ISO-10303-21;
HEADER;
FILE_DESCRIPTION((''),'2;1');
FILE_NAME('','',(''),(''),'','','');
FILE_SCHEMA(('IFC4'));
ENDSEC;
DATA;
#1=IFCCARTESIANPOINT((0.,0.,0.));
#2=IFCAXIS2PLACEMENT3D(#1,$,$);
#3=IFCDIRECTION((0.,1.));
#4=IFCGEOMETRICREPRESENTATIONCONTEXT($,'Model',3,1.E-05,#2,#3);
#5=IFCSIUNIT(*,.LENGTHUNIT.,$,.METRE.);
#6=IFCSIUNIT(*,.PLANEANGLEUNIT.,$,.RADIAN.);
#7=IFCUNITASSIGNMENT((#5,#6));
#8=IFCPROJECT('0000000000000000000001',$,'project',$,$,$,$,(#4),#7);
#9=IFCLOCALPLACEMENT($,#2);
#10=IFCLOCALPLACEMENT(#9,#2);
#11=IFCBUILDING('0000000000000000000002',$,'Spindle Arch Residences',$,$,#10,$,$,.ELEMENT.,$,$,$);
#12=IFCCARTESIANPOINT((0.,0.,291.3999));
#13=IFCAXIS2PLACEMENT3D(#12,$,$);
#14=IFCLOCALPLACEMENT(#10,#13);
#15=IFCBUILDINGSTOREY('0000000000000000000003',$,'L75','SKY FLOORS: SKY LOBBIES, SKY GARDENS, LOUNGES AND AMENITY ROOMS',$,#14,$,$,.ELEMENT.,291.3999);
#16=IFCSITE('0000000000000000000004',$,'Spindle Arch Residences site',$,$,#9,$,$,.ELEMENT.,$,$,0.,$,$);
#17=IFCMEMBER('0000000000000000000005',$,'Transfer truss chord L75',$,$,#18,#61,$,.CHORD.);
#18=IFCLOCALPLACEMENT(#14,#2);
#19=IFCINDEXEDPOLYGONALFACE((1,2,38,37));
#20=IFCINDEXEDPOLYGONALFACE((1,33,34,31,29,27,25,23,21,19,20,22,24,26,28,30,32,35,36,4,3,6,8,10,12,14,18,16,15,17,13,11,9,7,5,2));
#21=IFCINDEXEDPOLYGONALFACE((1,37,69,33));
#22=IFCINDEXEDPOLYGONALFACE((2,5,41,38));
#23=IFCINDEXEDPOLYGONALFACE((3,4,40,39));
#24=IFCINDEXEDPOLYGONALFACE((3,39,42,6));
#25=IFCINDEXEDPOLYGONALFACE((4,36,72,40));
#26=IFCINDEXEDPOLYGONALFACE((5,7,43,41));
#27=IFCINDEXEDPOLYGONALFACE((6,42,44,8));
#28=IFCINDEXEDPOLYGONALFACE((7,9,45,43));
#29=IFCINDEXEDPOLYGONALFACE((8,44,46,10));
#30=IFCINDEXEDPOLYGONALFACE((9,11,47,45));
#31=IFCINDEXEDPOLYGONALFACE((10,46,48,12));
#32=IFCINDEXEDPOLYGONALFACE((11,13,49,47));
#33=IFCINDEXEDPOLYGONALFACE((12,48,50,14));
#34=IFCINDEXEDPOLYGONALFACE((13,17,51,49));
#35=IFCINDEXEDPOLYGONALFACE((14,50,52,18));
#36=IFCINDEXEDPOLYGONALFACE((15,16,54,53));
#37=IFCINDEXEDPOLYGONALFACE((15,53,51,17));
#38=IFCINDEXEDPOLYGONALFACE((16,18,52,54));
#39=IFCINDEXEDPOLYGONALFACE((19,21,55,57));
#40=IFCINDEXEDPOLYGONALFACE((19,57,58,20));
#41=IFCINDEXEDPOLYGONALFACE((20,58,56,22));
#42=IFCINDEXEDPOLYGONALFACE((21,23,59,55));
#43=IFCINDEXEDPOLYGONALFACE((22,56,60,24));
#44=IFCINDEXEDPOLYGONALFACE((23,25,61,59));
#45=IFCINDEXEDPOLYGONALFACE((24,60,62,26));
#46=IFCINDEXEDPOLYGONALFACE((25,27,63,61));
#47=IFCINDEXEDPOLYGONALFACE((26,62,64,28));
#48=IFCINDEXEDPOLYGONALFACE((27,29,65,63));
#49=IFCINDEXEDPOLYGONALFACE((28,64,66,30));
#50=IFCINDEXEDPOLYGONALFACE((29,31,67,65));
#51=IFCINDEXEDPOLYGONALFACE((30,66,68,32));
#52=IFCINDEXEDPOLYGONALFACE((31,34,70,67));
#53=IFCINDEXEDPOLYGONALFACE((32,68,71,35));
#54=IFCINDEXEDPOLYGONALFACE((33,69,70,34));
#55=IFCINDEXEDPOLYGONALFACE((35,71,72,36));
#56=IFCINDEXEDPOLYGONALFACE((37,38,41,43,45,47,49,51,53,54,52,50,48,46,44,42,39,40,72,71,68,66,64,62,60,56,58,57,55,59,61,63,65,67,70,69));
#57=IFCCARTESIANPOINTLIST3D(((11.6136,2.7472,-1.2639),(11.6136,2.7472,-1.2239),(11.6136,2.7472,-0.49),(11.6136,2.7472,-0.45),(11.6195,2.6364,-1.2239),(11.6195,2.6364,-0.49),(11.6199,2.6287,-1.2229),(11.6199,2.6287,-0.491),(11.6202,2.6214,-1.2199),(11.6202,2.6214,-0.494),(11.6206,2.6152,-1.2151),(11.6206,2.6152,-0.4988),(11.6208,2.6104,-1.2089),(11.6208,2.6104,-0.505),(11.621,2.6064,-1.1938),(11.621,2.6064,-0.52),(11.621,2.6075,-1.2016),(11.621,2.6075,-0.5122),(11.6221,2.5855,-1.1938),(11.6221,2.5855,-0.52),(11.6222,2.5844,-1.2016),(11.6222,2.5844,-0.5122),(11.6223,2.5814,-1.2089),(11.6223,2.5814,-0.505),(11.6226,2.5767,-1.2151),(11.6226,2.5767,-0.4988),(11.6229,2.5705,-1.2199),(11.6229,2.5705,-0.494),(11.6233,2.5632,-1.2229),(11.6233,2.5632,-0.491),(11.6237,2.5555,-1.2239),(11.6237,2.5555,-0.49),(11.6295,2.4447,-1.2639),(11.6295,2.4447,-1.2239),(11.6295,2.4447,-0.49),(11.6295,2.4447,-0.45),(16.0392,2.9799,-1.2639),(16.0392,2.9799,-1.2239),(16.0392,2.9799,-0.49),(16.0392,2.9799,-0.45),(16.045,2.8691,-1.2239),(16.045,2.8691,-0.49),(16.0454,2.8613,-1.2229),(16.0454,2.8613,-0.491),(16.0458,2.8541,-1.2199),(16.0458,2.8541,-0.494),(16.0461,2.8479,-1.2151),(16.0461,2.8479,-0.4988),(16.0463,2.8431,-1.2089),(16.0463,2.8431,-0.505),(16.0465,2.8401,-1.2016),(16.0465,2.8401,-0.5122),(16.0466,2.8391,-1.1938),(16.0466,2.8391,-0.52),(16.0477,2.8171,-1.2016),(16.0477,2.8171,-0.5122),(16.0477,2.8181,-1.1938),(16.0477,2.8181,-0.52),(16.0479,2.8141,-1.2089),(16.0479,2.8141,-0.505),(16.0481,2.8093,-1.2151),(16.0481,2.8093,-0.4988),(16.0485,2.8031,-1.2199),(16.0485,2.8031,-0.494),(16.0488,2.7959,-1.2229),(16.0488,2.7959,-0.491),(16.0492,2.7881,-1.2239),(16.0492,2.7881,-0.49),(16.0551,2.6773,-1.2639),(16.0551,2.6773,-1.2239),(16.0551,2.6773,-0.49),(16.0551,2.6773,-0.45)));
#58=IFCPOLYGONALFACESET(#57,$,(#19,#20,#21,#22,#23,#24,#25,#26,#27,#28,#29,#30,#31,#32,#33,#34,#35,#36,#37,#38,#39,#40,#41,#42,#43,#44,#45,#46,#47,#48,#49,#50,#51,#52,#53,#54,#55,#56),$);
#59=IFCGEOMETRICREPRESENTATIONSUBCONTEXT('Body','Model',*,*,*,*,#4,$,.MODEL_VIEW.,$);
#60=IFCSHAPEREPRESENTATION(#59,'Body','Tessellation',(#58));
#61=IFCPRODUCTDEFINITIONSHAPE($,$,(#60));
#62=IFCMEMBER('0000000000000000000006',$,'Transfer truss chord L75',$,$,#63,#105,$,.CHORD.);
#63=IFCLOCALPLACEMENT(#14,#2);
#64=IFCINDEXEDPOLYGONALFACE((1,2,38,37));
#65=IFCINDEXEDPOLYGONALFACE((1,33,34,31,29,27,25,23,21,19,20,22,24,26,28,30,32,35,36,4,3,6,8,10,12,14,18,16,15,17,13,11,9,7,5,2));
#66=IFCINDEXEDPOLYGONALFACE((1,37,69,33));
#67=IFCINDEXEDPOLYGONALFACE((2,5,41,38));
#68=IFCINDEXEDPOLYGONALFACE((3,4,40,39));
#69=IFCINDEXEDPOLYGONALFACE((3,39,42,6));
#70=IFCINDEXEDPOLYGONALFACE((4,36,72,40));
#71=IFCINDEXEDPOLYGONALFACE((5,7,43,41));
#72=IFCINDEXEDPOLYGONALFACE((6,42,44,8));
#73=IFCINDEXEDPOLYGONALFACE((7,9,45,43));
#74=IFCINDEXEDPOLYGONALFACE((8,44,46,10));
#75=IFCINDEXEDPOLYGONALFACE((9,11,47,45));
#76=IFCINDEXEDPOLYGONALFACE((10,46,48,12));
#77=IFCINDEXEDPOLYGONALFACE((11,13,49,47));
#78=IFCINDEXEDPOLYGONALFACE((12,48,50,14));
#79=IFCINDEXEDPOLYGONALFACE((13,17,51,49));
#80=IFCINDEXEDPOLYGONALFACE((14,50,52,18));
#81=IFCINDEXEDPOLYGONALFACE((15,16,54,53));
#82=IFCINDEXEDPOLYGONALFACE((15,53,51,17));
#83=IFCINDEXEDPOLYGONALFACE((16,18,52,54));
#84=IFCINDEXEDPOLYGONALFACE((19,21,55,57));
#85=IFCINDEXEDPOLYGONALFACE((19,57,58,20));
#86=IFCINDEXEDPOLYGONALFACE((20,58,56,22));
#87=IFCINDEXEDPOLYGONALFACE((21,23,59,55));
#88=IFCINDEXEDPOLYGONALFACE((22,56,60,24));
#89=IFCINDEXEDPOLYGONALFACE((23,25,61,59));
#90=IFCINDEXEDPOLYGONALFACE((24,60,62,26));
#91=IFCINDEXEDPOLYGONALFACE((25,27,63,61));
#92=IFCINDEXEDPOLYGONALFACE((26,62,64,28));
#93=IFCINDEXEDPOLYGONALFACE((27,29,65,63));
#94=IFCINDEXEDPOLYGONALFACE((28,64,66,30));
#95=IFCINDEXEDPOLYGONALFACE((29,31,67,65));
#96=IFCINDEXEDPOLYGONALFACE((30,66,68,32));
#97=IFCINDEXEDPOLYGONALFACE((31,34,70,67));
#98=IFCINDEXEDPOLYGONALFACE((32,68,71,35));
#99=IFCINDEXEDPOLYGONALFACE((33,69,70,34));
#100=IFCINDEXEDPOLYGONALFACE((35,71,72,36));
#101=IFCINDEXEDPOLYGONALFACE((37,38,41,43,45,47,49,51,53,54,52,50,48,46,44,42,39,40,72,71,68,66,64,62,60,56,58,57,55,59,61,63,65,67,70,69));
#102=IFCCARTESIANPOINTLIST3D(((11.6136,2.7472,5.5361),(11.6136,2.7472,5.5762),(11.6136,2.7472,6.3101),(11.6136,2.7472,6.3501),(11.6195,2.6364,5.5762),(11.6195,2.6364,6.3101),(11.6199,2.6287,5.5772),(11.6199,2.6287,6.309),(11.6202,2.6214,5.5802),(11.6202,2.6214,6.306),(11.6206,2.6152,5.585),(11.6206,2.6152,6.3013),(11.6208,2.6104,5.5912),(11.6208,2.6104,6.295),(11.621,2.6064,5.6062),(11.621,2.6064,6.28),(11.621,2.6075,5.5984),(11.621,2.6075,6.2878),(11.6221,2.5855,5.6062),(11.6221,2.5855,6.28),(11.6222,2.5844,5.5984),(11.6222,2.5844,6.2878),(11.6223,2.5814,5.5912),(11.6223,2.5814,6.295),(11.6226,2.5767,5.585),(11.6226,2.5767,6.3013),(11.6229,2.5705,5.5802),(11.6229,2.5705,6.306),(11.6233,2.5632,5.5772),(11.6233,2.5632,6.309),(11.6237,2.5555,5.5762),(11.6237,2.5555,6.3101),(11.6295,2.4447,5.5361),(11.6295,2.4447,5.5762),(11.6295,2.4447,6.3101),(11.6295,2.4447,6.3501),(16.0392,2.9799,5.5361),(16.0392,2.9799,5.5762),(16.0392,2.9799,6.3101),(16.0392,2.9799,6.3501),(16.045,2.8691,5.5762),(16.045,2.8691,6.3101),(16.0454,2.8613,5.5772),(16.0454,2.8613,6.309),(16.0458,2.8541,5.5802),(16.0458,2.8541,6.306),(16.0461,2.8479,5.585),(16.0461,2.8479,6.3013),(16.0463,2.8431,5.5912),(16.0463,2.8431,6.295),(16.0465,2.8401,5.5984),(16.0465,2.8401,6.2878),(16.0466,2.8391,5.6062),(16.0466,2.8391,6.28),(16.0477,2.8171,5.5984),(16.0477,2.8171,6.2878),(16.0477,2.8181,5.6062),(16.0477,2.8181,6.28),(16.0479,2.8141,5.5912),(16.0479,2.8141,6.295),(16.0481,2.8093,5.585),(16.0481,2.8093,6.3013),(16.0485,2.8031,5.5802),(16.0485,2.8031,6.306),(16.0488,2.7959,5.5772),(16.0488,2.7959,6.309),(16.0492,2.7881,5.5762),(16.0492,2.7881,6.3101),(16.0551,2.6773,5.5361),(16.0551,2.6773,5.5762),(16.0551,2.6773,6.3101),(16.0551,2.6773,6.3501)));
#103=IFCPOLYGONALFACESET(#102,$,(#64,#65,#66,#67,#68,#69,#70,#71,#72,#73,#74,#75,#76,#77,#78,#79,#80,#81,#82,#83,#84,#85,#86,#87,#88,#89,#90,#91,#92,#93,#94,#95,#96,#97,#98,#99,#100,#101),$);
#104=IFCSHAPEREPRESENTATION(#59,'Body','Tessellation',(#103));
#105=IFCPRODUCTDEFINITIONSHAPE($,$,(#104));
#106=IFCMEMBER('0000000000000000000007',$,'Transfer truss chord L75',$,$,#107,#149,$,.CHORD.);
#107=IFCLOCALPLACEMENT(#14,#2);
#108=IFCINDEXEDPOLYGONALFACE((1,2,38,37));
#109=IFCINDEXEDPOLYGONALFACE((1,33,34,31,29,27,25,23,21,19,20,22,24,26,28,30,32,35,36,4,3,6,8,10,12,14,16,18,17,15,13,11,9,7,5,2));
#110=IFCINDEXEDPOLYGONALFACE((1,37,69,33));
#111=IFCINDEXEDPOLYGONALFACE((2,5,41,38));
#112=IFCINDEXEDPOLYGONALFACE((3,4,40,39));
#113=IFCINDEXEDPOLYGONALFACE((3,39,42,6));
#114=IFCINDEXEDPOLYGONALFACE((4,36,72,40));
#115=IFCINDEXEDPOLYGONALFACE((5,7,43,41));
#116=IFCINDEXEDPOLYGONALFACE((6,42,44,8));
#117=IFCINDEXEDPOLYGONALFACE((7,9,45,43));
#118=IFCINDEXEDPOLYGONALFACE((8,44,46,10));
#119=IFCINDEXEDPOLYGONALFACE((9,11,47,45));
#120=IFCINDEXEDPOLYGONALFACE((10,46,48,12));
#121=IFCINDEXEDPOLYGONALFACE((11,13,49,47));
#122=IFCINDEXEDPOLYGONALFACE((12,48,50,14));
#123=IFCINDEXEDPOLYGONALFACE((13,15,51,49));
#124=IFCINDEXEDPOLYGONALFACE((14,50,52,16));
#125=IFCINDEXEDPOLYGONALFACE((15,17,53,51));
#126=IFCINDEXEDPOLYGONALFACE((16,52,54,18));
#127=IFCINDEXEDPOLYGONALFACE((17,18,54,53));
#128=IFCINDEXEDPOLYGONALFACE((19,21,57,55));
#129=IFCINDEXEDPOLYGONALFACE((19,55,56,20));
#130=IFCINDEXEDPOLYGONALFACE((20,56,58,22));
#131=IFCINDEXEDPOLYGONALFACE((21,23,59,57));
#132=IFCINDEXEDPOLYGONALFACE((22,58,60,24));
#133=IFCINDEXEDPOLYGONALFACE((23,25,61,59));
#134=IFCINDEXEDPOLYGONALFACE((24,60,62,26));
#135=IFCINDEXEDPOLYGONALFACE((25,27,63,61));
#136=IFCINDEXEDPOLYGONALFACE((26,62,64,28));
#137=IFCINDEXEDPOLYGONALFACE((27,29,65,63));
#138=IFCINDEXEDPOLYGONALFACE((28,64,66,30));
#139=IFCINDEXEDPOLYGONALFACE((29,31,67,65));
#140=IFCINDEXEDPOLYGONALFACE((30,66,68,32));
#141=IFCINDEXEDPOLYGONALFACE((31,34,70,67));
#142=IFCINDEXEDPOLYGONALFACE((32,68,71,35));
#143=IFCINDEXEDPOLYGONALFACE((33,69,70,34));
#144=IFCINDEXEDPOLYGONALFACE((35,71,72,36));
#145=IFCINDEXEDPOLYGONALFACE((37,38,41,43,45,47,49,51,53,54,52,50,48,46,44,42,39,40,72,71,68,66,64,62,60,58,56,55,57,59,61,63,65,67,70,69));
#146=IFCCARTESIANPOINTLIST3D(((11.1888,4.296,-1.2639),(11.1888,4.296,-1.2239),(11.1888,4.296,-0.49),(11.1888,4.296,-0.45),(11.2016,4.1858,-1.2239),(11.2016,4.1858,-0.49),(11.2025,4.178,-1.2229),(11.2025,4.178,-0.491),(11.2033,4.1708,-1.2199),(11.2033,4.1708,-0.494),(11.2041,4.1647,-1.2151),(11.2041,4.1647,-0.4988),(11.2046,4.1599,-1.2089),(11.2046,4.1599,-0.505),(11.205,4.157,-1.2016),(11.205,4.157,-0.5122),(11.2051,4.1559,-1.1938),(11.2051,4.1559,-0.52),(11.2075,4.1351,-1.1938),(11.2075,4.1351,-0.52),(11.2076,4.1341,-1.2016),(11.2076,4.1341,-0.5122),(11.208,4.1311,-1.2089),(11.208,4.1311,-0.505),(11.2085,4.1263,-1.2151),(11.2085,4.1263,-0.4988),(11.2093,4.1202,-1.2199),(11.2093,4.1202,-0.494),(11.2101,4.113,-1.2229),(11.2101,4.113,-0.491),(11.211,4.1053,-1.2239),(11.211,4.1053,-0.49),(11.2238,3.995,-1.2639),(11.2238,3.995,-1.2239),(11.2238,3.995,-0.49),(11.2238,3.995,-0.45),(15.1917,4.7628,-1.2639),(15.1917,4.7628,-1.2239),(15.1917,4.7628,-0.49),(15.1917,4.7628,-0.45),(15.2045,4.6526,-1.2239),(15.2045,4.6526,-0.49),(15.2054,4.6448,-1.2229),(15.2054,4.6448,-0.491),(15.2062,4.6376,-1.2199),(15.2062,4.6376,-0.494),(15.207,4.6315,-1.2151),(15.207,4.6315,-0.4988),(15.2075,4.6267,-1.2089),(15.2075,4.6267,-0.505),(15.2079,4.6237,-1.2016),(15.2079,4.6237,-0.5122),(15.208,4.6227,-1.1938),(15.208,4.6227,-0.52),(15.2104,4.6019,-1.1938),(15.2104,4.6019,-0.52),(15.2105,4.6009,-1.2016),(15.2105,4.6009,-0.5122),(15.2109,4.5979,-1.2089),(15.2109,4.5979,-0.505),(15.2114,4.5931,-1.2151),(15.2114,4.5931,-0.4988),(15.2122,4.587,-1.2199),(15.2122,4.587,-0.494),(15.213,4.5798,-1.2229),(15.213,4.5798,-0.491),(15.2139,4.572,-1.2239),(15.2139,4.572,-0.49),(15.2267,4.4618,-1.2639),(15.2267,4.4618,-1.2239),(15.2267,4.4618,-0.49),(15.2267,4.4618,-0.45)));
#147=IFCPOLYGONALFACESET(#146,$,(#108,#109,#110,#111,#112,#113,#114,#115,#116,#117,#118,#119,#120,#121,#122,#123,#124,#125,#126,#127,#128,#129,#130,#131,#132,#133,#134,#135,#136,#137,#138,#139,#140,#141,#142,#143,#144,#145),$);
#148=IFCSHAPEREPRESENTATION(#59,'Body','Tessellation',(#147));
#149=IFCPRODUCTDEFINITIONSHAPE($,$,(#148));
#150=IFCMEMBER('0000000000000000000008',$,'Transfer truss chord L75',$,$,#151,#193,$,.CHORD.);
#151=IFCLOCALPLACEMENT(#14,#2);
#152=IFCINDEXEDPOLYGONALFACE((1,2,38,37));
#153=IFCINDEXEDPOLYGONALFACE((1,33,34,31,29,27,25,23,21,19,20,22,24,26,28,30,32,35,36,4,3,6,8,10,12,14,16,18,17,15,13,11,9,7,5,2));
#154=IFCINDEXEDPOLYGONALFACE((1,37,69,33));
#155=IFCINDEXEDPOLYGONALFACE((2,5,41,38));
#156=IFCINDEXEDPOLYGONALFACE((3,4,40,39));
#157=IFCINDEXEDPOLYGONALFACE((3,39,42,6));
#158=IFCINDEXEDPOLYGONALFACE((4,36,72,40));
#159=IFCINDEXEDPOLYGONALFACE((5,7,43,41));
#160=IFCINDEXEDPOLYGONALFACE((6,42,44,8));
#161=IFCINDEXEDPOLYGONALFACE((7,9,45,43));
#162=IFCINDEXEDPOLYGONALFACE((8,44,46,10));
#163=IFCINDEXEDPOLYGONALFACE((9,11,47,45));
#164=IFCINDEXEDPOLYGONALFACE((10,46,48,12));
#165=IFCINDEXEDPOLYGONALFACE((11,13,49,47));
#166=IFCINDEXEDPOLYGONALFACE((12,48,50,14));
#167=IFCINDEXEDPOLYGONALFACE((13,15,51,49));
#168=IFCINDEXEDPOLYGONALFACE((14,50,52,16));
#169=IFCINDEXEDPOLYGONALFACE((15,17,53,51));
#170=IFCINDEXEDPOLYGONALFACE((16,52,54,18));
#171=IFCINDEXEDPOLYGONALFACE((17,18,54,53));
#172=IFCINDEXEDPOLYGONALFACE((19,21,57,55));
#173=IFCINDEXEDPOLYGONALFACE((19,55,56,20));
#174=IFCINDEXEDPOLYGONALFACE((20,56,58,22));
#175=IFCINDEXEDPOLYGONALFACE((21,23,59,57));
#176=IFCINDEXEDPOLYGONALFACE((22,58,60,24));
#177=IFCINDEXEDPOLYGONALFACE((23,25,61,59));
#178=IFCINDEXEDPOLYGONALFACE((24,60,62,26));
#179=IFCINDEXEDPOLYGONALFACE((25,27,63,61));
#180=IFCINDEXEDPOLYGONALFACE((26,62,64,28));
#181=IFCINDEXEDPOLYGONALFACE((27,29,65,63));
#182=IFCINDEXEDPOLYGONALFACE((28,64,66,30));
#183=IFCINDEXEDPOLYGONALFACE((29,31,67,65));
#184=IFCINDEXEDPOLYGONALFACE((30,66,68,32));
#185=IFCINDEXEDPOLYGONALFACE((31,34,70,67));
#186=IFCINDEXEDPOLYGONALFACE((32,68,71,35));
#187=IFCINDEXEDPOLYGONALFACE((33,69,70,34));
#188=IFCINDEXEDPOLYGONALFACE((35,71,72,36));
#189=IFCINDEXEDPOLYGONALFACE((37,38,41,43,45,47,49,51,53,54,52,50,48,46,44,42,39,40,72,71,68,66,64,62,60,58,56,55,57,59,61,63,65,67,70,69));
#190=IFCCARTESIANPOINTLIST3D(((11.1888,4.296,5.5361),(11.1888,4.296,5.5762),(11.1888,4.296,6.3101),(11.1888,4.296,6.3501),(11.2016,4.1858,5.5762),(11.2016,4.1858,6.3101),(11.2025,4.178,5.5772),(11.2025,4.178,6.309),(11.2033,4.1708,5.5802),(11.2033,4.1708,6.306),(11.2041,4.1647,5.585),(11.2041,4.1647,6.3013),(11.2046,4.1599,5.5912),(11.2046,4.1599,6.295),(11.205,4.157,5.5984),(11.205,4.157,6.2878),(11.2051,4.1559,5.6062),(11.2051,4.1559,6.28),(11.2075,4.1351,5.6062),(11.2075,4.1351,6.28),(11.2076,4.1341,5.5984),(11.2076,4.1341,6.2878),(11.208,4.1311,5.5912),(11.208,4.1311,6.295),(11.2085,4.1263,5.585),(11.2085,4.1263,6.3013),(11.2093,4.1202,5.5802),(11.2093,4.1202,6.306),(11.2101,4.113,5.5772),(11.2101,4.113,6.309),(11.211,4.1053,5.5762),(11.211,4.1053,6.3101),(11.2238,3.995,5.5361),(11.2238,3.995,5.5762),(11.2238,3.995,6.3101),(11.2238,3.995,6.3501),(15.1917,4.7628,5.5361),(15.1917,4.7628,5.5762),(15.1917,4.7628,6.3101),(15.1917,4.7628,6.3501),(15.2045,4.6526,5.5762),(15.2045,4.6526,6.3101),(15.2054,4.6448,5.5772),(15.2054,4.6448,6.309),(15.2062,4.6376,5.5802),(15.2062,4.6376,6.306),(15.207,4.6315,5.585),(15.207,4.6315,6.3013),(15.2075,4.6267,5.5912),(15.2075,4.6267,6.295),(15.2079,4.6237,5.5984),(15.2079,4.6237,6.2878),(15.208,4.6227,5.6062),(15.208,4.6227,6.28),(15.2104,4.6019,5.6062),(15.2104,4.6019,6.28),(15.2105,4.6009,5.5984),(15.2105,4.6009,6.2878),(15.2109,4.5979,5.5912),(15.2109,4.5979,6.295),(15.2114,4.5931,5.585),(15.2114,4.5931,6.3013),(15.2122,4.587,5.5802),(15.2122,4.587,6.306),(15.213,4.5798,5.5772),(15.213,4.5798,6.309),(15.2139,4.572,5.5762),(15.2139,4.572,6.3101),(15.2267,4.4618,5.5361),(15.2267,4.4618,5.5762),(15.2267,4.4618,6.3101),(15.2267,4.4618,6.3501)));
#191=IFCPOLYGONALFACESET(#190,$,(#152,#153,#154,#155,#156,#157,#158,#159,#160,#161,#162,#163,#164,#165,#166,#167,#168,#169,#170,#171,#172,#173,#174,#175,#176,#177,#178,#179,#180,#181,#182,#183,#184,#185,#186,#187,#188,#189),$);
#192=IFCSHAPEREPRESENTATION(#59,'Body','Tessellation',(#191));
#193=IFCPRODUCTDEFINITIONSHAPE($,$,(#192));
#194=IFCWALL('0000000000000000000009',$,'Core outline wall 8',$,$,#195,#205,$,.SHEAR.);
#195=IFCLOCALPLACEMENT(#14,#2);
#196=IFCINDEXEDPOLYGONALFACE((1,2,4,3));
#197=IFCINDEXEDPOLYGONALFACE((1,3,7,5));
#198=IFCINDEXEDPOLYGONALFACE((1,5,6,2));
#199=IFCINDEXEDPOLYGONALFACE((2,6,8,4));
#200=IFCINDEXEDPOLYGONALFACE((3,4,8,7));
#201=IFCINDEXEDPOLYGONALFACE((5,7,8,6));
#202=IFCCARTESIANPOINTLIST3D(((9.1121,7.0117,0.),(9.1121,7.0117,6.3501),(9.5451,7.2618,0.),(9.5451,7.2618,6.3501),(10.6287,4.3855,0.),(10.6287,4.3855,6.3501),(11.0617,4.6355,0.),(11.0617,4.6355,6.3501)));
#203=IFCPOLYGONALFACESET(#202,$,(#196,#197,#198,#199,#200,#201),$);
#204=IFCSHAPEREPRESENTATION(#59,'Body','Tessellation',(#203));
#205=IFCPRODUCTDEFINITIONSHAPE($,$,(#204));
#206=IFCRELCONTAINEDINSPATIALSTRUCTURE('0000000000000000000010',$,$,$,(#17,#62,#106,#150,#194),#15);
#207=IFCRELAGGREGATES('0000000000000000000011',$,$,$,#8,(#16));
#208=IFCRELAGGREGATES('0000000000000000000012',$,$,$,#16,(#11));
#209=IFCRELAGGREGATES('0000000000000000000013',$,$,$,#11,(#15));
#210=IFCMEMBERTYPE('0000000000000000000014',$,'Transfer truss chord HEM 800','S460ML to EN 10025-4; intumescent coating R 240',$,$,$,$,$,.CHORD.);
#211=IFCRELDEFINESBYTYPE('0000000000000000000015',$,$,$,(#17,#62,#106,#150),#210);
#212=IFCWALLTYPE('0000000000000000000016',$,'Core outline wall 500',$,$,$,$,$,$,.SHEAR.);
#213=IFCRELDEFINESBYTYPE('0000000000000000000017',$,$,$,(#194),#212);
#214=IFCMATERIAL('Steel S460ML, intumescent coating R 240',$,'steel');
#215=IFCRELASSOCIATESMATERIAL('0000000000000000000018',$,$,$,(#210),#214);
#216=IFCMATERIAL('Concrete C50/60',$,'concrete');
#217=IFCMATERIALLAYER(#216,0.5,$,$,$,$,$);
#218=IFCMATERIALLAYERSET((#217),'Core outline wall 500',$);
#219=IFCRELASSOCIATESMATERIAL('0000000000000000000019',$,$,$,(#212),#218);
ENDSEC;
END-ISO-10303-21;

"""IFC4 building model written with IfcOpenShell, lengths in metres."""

from ifc_helpers import new_model, si_unit, direction, frame, frame_2d, origin, origin_2d, place, context, subcontext, project, spatial, rectangle, i_section, extrude, material, layer, layer_set, material_profile, profile_set, type_object, element, save


model = new_model("IFC4")

# Units and contexts
model_context = context("Model", 3, precision=1e-05, world=origin(), true_north=direction((0.0, 1.0)))
body_context = subcontext(model_context, "Body", "Model", "MODEL_VIEW")
ifc_project = project(units=[si_unit("LENGTHUNIT", "METRE"), si_unit("PLANEANGLEUNIT", "RADIAN")], contexts=[model_context])

# Site, building, storey
site_placement = place(None, origin())
site = spatial("IfcSite", under=ifc_project, at=site_placement, Name="Spindle Arch Residences site", CompositionType="ELEMENT", RefElevation=0.0)
building_placement = place(site_placement, origin())
building = spatial("IfcBuilding", under=site, at=building_placement, Name="Spindle Arch Residences", CompositionType="ELEMENT")
storey_placement = place(building_placement, frame((0.0, 0.0, 291.3999)))
storey = spatial("IfcBuildingStorey", under=building, at=storey_placement, Name="L75", Description="SKY FLOORS: SKY LOBBIES, SKY GARDENS, LOUNGES AND AMENITY ROOMS", CompositionType="ELEMENT", Elevation=291.3999)

# Members
ifc_material_1 = material(Name="Steel S460ML, intumescent coating R 240", Category="steel")
ifc_material_profile = material_profile(ifc_material_1, i_section(OverallWidth=0.303, OverallDepth=0.814, WebThickness=0.021, FlangeThickness=0.04, FilletRadius=0.03, at=origin_2d()), Name="HEM 800")
ifc_profile_set = profile_set([ifc_material_profile], Name="Steel S460ML, intumescent coating R 240")
member_type = type_object("IfcMemberType", Name="Transfer truss chord HEM 800", Description="S460ML to EN 10025-4; intumescent coating R 240", PredefinedType="CHORD", material=ifc_profile_set)
for number, where, z_axis, x_axis, name in (
    (1, (11.6216, 2.5959, -0.8569), (0.998621, 0.052501, 0.0), (-0.052501, 0.998621, 0.0), "Transfer truss chord L75"),
    (2, (11.6216, 2.5959, 5.9431), (0.998621, 0.052501, 0.0), (-0.052501, 0.998621, 0.0), "Transfer truss chord L75"),
):
    element("IfcMember", number, at=place(storey_placement, frame(where, z_axis=z_axis, x_axis=x_axis)), inside=storey, type_object=member_type, Name=name, PredefinedType="CHORD", context=body_context, shape_type="SweptSolid", body=[
        extrude(i_section(OverallWidth=0.303, OverallDepth=0.814, WebThickness=0.021, FlangeThickness=0.04, FilletRadius=0.03, at=origin_2d()), origin(), (0.0, 0.0, 1.0), 4.4316),
    ])
for number, where, z_axis, x_axis, name in (
    (3, (11.2063, 4.1455, -0.8569), (0.993269, 0.115829, 0.0), (-0.115829, 0.993269, 0.0), "Transfer truss chord L75"),
    (4, (11.2063, 4.1455, 5.9431), (0.993269, 0.115829, 0.0), (-0.115829, 0.993269, 0.0), "Transfer truss chord L75"),
):
    element("IfcMember", number, at=place(storey_placement, frame(where, z_axis=z_axis, x_axis=x_axis)), inside=storey, type_object=member_type, Name=name, PredefinedType="CHORD", context=body_context, shape_type="SweptSolid", body=[
        extrude(i_section(OverallWidth=0.303, OverallDepth=0.814, WebThickness=0.021, FlangeThickness=0.04, FilletRadius=0.03, at=origin_2d()), origin(), (0.0, 0.0, 1.0), 4.03),
    ])

# Wall
ifc_material_2 = material(Name="Concrete C50/60", Category="concrete")
ifc_layer_1 = layer(ifc_material_2, 0.5)
ifc_layer_set_1 = layer_set([ifc_layer_1], Name="Core outline wall 500")
wall_type_1 = type_object("IfcWallType", Name="Core outline wall 500", PredefinedType="SHEAR", material=ifc_layer_set_1)
wall_1_placement = place(storey_placement, frame((10.8452, 4.5105, 0.0), z_axis=(0.0, 0.0, 1.0), x_axis=(-0.500087, 0.865975, 0.0)))
element("IfcWall", 5, at=wall_1_placement, inside=storey, type_object=wall_type_1, Name="Core outline wall 8", PredefinedType="SHEAR", context=body_context, shape_type="SweptSolid", body=[
    extrude(rectangle(XDim=3.0327, YDim=0.5, at=frame_2d((1.5164, 0.0))), origin(), (0.0, 0.0, 1.0), 6.3501),
])

save(model, "model.ifc")
